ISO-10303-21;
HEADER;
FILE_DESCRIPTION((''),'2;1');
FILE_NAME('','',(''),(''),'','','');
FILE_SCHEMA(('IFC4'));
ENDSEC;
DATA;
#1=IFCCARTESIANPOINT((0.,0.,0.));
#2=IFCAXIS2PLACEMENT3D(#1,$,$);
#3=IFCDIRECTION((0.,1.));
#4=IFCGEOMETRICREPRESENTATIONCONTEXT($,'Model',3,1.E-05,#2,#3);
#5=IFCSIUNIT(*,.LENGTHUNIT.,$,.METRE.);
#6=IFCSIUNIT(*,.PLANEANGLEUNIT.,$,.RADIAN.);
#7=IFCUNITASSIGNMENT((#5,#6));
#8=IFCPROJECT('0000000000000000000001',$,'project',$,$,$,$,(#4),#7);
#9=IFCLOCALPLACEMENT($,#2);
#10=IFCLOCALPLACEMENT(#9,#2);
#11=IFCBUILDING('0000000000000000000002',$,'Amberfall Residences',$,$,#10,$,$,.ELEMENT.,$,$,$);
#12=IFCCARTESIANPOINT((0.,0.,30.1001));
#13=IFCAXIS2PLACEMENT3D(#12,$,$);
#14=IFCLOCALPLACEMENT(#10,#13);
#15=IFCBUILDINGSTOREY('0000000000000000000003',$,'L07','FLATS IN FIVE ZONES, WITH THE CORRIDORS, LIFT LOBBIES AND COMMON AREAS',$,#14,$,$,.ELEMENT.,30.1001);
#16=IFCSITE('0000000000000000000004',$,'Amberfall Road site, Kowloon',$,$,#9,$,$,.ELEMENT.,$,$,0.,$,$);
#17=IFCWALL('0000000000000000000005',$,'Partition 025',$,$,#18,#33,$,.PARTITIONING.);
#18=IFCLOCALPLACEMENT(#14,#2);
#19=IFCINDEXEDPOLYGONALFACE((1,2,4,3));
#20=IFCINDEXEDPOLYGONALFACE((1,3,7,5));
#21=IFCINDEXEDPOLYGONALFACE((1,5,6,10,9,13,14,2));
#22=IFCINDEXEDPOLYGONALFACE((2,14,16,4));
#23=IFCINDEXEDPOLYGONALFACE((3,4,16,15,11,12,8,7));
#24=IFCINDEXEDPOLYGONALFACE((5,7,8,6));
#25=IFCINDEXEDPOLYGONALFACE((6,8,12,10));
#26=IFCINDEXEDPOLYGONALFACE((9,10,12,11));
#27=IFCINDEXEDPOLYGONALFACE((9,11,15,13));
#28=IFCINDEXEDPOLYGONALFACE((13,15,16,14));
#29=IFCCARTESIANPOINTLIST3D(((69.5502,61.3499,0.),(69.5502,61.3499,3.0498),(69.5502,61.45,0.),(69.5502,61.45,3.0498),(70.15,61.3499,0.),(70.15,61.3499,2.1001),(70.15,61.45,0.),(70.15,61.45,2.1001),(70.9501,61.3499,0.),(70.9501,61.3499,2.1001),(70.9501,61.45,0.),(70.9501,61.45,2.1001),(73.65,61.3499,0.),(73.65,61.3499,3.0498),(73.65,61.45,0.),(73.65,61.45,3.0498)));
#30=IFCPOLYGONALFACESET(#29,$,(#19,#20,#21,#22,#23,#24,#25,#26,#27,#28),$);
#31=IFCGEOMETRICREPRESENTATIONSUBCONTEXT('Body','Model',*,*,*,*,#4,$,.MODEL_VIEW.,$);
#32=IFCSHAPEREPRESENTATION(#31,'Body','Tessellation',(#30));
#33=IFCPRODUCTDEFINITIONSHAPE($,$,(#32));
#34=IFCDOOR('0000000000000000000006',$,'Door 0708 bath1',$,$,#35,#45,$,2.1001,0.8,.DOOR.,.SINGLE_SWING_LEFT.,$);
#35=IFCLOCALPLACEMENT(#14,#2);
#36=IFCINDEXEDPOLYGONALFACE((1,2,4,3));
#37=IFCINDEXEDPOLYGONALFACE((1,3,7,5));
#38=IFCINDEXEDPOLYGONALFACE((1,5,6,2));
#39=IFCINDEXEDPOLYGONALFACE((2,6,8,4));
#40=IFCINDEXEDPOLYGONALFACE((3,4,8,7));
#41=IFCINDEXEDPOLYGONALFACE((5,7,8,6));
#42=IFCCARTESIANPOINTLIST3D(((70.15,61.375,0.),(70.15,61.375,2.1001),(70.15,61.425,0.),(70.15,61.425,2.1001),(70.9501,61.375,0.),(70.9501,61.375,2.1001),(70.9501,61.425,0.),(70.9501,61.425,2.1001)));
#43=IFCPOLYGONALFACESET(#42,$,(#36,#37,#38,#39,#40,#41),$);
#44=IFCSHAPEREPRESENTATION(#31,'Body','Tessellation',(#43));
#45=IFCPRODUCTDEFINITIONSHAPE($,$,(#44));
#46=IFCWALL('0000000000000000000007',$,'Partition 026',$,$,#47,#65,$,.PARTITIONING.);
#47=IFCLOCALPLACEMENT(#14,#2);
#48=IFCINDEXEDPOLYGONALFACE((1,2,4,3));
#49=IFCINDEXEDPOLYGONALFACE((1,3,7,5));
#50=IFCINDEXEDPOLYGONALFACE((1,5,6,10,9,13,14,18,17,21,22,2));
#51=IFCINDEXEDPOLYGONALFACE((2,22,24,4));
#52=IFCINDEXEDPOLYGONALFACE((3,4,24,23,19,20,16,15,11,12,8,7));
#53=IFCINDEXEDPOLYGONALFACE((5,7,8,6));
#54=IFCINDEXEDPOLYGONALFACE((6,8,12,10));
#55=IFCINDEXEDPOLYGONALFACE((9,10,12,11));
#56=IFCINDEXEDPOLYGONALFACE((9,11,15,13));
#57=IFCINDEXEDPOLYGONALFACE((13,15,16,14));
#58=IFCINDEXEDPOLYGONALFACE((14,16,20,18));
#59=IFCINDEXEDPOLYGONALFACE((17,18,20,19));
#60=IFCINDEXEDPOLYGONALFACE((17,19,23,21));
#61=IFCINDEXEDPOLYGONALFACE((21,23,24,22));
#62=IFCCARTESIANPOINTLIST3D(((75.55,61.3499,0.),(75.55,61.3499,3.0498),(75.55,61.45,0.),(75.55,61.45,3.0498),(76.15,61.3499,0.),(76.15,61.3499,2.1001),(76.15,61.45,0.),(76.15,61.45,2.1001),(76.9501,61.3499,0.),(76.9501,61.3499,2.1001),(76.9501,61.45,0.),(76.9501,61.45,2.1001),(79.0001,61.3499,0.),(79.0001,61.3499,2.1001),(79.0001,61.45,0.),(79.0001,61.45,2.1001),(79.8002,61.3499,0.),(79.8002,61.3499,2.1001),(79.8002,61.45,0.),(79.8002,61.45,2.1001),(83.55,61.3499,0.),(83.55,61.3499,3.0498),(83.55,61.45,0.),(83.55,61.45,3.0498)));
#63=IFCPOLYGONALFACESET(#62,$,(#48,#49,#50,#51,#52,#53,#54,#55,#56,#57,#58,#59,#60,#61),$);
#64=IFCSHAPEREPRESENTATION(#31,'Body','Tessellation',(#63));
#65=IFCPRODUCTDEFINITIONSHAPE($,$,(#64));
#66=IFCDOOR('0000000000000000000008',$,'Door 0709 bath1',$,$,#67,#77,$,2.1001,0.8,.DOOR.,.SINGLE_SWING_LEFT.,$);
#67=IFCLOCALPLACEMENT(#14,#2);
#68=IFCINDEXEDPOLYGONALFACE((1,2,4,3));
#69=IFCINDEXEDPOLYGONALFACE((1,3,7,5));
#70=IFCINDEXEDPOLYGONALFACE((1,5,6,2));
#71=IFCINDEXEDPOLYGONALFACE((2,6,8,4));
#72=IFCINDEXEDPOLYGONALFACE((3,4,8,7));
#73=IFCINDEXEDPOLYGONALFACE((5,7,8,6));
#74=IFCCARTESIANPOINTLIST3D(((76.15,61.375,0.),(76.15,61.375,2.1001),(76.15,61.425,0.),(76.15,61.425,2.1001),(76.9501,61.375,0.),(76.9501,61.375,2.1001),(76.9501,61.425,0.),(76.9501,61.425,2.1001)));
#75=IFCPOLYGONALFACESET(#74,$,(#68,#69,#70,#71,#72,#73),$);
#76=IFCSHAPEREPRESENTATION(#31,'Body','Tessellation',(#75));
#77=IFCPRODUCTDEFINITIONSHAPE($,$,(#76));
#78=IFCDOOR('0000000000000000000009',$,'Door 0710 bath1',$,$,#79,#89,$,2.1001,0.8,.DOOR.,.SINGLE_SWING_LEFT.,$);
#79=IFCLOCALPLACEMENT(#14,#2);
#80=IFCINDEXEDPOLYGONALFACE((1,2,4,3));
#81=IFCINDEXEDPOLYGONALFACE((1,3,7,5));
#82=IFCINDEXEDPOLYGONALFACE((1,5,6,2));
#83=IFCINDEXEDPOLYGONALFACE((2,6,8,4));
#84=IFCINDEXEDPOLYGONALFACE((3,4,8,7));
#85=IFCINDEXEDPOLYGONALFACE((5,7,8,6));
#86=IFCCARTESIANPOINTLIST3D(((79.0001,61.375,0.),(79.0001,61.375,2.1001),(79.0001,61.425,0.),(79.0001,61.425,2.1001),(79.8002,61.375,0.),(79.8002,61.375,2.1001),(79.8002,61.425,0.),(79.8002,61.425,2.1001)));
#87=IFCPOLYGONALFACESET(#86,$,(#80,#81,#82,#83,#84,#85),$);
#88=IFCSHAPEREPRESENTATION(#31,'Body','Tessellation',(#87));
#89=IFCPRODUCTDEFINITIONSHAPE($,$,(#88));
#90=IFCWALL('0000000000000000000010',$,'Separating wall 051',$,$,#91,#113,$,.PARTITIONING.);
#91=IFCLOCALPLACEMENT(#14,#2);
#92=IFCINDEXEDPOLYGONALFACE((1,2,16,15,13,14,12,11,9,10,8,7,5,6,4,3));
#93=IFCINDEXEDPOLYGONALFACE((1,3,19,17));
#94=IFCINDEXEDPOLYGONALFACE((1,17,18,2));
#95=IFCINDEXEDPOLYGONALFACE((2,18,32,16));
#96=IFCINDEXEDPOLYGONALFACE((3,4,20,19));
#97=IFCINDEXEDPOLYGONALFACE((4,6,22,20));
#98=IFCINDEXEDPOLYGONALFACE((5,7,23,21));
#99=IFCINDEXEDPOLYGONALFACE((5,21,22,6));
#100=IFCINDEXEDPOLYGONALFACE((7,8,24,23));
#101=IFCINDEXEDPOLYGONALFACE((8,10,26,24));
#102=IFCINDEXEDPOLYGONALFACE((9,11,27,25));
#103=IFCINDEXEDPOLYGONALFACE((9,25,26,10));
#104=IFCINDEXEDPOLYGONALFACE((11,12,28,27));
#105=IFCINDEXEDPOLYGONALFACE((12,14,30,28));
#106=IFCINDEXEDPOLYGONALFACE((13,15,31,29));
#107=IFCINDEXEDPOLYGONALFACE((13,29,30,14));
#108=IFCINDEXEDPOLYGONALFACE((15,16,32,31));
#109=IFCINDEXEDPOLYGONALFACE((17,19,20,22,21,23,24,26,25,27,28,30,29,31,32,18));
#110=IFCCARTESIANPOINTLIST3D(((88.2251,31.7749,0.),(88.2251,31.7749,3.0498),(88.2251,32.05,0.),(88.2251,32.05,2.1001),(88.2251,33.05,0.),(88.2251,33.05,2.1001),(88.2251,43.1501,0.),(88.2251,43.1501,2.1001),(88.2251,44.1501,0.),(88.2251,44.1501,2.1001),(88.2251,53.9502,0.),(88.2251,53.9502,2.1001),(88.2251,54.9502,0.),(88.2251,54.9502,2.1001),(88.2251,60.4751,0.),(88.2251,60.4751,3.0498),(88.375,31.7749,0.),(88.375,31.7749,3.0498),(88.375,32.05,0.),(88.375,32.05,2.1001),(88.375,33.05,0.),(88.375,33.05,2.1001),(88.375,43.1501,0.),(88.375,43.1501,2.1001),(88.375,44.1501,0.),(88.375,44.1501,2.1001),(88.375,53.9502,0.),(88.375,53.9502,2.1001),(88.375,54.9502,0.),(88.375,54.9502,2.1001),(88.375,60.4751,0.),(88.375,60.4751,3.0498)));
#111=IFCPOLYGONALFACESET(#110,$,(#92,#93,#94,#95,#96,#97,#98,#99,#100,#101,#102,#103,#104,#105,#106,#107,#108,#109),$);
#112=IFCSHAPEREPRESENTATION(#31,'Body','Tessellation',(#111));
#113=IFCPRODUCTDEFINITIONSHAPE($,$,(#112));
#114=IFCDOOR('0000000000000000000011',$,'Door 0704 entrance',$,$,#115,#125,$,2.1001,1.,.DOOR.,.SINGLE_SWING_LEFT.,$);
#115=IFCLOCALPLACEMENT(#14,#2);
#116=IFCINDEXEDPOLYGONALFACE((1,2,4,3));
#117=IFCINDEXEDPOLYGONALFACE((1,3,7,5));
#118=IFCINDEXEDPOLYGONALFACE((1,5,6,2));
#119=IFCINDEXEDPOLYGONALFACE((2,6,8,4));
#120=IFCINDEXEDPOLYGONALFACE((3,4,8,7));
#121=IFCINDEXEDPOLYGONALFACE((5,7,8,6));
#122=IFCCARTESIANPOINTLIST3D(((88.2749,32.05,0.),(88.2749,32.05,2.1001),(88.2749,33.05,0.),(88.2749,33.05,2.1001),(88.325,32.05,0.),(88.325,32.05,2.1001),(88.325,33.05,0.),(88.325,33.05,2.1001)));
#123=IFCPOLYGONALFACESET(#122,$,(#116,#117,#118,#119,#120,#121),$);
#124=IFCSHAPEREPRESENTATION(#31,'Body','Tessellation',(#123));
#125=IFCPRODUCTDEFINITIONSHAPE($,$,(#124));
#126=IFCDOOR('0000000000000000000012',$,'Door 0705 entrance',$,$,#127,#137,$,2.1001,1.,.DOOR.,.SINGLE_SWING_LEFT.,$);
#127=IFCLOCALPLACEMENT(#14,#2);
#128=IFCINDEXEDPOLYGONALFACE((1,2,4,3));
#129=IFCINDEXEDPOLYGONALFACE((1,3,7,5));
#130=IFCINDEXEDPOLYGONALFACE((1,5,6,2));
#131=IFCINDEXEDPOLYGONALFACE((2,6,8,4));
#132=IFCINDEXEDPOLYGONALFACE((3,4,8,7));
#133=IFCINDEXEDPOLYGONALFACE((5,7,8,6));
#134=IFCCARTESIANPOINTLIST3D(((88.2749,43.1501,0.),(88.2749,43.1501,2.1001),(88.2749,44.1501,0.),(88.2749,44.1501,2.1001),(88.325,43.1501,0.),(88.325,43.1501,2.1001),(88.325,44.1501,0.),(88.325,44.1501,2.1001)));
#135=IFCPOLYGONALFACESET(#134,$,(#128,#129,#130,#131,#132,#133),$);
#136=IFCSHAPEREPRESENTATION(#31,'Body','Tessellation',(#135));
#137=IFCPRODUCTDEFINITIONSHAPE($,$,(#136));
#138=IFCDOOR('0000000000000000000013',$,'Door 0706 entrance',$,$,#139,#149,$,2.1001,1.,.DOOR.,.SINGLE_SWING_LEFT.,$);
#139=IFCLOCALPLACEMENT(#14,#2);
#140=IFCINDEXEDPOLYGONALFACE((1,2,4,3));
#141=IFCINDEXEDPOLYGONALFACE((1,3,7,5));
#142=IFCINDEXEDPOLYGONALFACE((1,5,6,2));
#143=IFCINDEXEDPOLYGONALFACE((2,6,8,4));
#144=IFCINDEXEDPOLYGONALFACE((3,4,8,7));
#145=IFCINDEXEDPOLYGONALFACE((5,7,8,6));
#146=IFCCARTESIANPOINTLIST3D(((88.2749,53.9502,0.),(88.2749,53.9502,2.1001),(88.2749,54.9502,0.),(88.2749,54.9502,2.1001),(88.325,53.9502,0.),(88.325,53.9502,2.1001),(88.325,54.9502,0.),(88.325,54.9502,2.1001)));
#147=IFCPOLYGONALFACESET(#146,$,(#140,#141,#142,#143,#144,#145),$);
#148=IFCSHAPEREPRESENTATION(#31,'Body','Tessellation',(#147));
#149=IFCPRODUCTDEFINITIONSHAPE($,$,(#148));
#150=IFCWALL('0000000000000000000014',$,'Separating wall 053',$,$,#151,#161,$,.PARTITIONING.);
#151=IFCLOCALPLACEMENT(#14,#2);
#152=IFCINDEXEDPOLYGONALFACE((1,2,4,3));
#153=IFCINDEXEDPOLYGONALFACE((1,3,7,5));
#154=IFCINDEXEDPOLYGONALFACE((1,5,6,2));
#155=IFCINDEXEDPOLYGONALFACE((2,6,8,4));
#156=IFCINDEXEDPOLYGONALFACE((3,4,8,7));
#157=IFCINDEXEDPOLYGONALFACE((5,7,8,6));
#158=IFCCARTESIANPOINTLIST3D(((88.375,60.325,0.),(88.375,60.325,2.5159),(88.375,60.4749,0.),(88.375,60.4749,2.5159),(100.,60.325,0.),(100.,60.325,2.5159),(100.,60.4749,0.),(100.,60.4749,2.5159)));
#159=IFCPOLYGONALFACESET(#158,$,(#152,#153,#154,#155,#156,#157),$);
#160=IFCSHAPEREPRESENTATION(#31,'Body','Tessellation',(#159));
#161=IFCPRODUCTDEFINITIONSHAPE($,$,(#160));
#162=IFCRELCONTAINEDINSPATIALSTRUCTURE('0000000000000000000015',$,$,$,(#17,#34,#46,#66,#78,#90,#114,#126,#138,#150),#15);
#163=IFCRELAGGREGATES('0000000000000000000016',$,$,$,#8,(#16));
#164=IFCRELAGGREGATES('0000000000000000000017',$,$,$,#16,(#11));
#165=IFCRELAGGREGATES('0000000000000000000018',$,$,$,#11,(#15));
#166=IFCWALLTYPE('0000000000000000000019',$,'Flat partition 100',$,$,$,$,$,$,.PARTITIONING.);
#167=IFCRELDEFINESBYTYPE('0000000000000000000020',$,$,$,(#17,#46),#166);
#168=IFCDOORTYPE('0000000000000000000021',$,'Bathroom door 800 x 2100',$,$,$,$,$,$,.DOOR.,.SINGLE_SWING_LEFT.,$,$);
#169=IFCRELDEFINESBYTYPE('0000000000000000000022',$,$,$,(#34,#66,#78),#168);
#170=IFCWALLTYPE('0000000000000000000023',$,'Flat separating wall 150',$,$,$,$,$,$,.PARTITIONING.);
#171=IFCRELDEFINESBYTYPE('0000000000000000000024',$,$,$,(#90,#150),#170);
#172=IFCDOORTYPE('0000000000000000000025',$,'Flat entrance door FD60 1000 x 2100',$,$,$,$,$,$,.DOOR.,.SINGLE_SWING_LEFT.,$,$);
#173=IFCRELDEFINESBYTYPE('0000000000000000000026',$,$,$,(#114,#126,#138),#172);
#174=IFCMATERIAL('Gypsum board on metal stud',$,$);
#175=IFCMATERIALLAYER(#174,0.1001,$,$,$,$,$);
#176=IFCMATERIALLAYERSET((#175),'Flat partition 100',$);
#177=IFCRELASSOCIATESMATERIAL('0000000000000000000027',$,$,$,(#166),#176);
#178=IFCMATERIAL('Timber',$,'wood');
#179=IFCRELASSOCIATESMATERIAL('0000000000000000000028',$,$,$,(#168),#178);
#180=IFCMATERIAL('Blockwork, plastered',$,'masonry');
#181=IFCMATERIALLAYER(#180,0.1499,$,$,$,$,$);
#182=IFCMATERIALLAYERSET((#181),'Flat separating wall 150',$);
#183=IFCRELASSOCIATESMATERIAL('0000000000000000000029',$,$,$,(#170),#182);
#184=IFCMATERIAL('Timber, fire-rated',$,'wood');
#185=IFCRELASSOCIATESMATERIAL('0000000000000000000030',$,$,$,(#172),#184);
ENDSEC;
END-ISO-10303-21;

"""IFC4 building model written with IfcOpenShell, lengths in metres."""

from ifc_helpers import new_model, si_unit, direction, frame, frame_2d, origin, place, context, subcontext, project, spatial, rectangle, extrude, material, layer, layer_set, type_object, element, fill, save


model = new_model("IFC4")

# Units and contexts
model_context = context("Model", 3, precision=1e-05, world=origin(), true_north=direction((0.0, 1.0)))
body_context = subcontext(model_context, "Body", "Model", "MODEL_VIEW")
ifc_project = project(units=[si_unit("LENGTHUNIT", "METRE"), si_unit("PLANEANGLEUNIT", "RADIAN")], contexts=[model_context])

# Site, building, storey
site_placement = place(None, origin())
site = spatial("IfcSite", under=ifc_project, at=site_placement, Name="Amberfall Road site, Kowloon", CompositionType="ELEMENT", RefElevation=0.0)
building_placement = place(site_placement, origin())
building = spatial("IfcBuilding", under=site, at=building_placement, Name="Amberfall Residences", CompositionType="ELEMENT")
storey_placement = place(building_placement, frame((0.0, 0.0, 30.1001)))
storey = spatial("IfcBuildingStorey", under=building, at=storey_placement, Name="L07", Description="FLATS IN FIVE ZONES, WITH THE CORRIDORS, LIFT LOBBIES AND COMMON AREAS", CompositionType="ELEMENT", Elevation=30.1001)

# Wall, opening, door
ifc_material_1 = material(Name="Gypsum board on metal stud")
ifc_layer_1 = layer(ifc_material_1, 0.1001)
ifc_layer_set_1 = layer_set([ifc_layer_1], Name="Flat partition 100")
wall_type_1 = type_object("IfcWallType", Name="Flat partition 100", PredefinedType="PARTITIONING", material=ifc_layer_set_1)
wall_1_placement = place(storey_placement, frame((73.6499, 61.3999, 0.0), z_axis=(0.0, 0.0, 1.0), x_axis=(-1.0, 0.0, 0.0)))
wall_1 = element("IfcWall", 1, at=wall_1_placement, inside=storey, type_object=wall_type_1, Name="Partition 025", PredefinedType="PARTITIONING", context=body_context, shape_type="SweptSolid", body=[
    extrude(rectangle(XDim=4.0999, YDim=0.1001, at=frame_2d((2.0498, 0.0))), origin(), (0.0, 0.0, 1.0), 3.0498),
])
opening_1_placement = place(wall_1_placement, frame((2.7, 0.0, 0.0)))
opening_1 = element("IfcOpeningElement", 2, at=opening_1_placement, cuts=wall_1, PredefinedType="OPENING", context=body_context, shape_type="SweptSolid", body=[
    extrude(rectangle(XDim=0.8, YDim=2.1001, at=frame_2d((0.3999, 1.05))), frame((0.0, 0.0601, 0.0), z_axis=(0.0, -1.0, 0.0), x_axis=(1.0, 0.0, 0.0)), (0.0, 0.0, 1.0), 0.1201),
])
ifc_material_2 = material(Name="Timber", Category="wood")
door_type_1 = type_object("IfcDoorType", Name="Bathroom door 800 x 2100", OperationType="SINGLE_SWING_LEFT", PredefinedType="DOOR", material=ifc_material_2)
door_1_placement = place(opening_1_placement, origin())
door_1 = element("IfcDoor", 3, at=door_1_placement, inside=storey, type_object=door_type_1, Name="Door 0708 bath1", OperationType="SINGLE_SWING_LEFT", OverallHeight=2.1001, OverallWidth=0.8, PredefinedType="DOOR", context=body_context, shape_type="SweptSolid", body=[
    extrude(rectangle(XDim=0.8, YDim=2.1001, at=frame_2d((0.3999, 1.05))), frame((0.0, 0.0249, 0.0), z_axis=(0.0, -1.0, 0.0), x_axis=(1.0, 0.0, 0.0)), (0.0, 0.0, 1.0), 0.05),
])
fill(opening_1, door_1)

# Walls, openings, doors
wall_2_placement = place(storey_placement, frame((83.55, 61.3999, 0.0), z_axis=(0.0, 0.0, 1.0), x_axis=(-1.0, 0.0, 0.0)))
wall_2 = element("IfcWall", 4, at=wall_2_placement, inside=storey, type_object=wall_type_1, Name="Partition 026", PredefinedType="PARTITIONING", context=body_context, shape_type="SweptSolid", body=[
    extrude(rectangle(XDim=8.0, YDim=0.1001, at=frame_2d((4.0, 0.0))), origin(), (0.0, 0.0, 1.0), 3.0498),
])
opening_2_placement = place(wall_2_placement, frame((6.6001, 0.0, 0.0)))
opening_2 = element("IfcOpeningElement", 5, at=opening_2_placement, cuts=wall_2, PredefinedType="OPENING", context=body_context, shape_type="SweptSolid", body=[
    extrude(rectangle(XDim=0.8, YDim=2.1001, at=frame_2d((0.3999, 1.05))), frame((0.0, 0.0601, 0.0), z_axis=(0.0, -1.0, 0.0), x_axis=(1.0, 0.0, 0.0)), (0.0, 0.0, 1.0), 0.1201),
])
opening_3_placement = place(wall_2_placement, frame((3.75, 0.0, 0.0)))
opening_3 = element("IfcOpeningElement", 6, at=opening_3_placement, cuts=wall_2, PredefinedType="OPENING", context=body_context, shape_type="SweptSolid", body=[
    extrude(rectangle(XDim=0.8, YDim=2.1001, at=frame_2d((0.3999, 1.05))), frame((0.0, 0.0601, 0.0), z_axis=(0.0, -1.0, 0.0), x_axis=(1.0, 0.0, 0.0)), (0.0, 0.0, 1.0), 0.1201),
])
door_2_placement = place(opening_2_placement, origin())
door_2 = element("IfcDoor", 7, at=door_2_placement, inside=storey, type_object=door_type_1, Name="Door 0709 bath1", OperationType="SINGLE_SWING_LEFT", OverallHeight=2.1001, OverallWidth=0.8, PredefinedType="DOOR", context=body_context, shape_type="SweptSolid", body=[
    extrude(rectangle(XDim=0.8, YDim=2.1001, at=frame_2d((0.3999, 1.05))), frame((0.0, 0.0249, 0.0), z_axis=(0.0, -1.0, 0.0), x_axis=(1.0, 0.0, 0.0)), (0.0, 0.0, 1.0), 0.05),
])
fill(opening_2, door_2)
door_3_placement = place(opening_3_placement, origin())
door_3 = element("IfcDoor", 8, at=door_3_placement, inside=storey, type_object=door_type_1, Name="Door 0710 bath1", OperationType="SINGLE_SWING_LEFT", OverallHeight=2.1001, OverallWidth=0.8, PredefinedType="DOOR", context=body_context, shape_type="SweptSolid", body=[
    extrude(rectangle(XDim=0.8, YDim=2.1001, at=frame_2d((0.3999, 1.05))), frame((0.0, 0.0249, 0.0), z_axis=(0.0, -1.0, 0.0), x_axis=(1.0, 0.0, 0.0)), (0.0, 0.0, 1.0), 0.05),
])
fill(opening_3, door_3)
ifc_material_3 = material(Name="Blockwork, plastered", Category="masonry")
ifc_layer_2 = layer(ifc_material_3, 0.1499)
ifc_layer_set_2 = layer_set([ifc_layer_2], Name="Flat separating wall 150")
wall_type_2 = type_object("IfcWallType", Name="Flat separating wall 150", PredefinedType="PARTITIONING", material=ifc_layer_set_2)
wall_3_placement = place(storey_placement, frame((88.3, 60.4751, 0.0), z_axis=(0.0, 0.0, 1.0), x_axis=(0.0, -1.0, 0.0)))
wall_3 = element("IfcWall", 9, at=wall_3_placement, inside=storey, type_object=wall_type_2, Name="Separating wall 051", PredefinedType="PARTITIONING", context=body_context, shape_type="SweptSolid", body=[
    extrude(rectangle(XDim=28.7002, YDim=0.1499, at=frame_2d((14.3501, 0.0))), origin(), (0.0, 0.0, 1.0), 3.0498),
])
opening_4_placement = place(wall_3_placement, frame((27.425, 0.0, 0.0)))
opening_4 = element("IfcOpeningElement", 10, at=opening_4_placement, cuts=wall_3, PredefinedType="OPENING", context=body_context, shape_type="SweptSolid", body=[
    extrude(rectangle(XDim=1.0, YDim=2.1001, at=frame_2d((0.5, 1.05))), frame((0.0, 0.085, 0.0), z_axis=(0.0, -1.0, 0.0), x_axis=(1.0, 0.0, 0.0)), (0.0, 0.0, 1.0), 0.1699),
])
opening_5_placement = place(wall_3_placement, frame((16.325, 0.0, 0.0)))
opening_5 = element("IfcOpeningElement", 11, at=opening_5_placement, cuts=wall_3, PredefinedType="OPENING", context=body_context, shape_type="SweptSolid", body=[
    extrude(rectangle(XDim=1.0, YDim=2.1001, at=frame_2d((0.5, 1.05))), frame((0.0, 0.085, 0.0), z_axis=(0.0, -1.0, 0.0), x_axis=(1.0, 0.0, 0.0)), (0.0, 0.0, 1.0), 0.1699),
])
opening_6_placement = place(wall_3_placement, frame((5.5249, 0.0, 0.0)))
opening_6 = element("IfcOpeningElement", 12, at=opening_6_placement, cuts=wall_3, PredefinedType="OPENING", context=body_context, shape_type="SweptSolid", body=[
    extrude(rectangle(XDim=1.0, YDim=2.1001, at=frame_2d((0.5, 1.05))), frame((0.0, 0.085, 0.0), z_axis=(0.0, -1.0, 0.0), x_axis=(1.0, 0.0, 0.0)), (0.0, 0.0, 1.0), 0.1699),
])
ifc_material_4 = material(Name="Timber, fire-rated", Category="wood")
door_type_2 = type_object("IfcDoorType", Name="Flat entrance door FD60 1000 x 2100", OperationType="SINGLE_SWING_LEFT", PredefinedType="DOOR", material=ifc_material_4)
door_4_placement = place(opening_4_placement, origin())
door_4 = element("IfcDoor", 13, at=door_4_placement, inside=storey, type_object=door_type_2, Name="Door 0704 entrance", OperationType="SINGLE_SWING_LEFT", OverallHeight=2.1001, OverallWidth=1.0, PredefinedType="DOOR", context=body_context, shape_type="SweptSolid", body=[
    extrude(rectangle(XDim=1.0, YDim=2.1001, at=frame_2d((0.5, 1.05))), frame((0.0, 0.0249, 0.0), z_axis=(0.0, -1.0, 0.0), x_axis=(1.0, 0.0, 0.0)), (0.0, 0.0, 1.0), 0.05),
])
fill(opening_4, door_4)
door_5_placement = place(opening_5_placement, origin())
door_5 = element("IfcDoor", 14, at=door_5_placement, inside=storey, type_object=door_type_2, Name="Door 0705 entrance", OperationType="SINGLE_SWING_LEFT", OverallHeight=2.1001, OverallWidth=1.0, PredefinedType="DOOR", context=body_context, shape_type="SweptSolid", body=[
    extrude(rectangle(XDim=1.0, YDim=2.1001, at=frame_2d((0.5, 1.05))), frame((0.0, 0.0249, 0.0), z_axis=(0.0, -1.0, 0.0), x_axis=(1.0, 0.0, 0.0)), (0.0, 0.0, 1.0), 0.05),
])
fill(opening_5, door_5)
door_6_placement = place(opening_6_placement, origin())
door_6 = element("IfcDoor", 15, at=door_6_placement, inside=storey, type_object=door_type_2, Name="Door 0706 entrance", OperationType="SINGLE_SWING_LEFT", OverallHeight=2.1001, OverallWidth=1.0, PredefinedType="DOOR", context=body_context, shape_type="SweptSolid", body=[
    extrude(rectangle(XDim=1.0, YDim=2.1001, at=frame_2d((0.5, 1.05))), frame((0.0, 0.0249, 0.0), z_axis=(0.0, -1.0, 0.0), x_axis=(1.0, 0.0, 0.0)), (0.0, 0.0, 1.0), 0.05),
])
fill(opening_6, door_6)

# Wall
wall_4_placement = place(storey_placement, frame((88.375, 60.3999, 0.0), z_axis=(0.0, 0.0, 1.0), x_axis=(1.0, 0.0, 0.0)))
element("IfcWall", 16, at=wall_4_placement, inside=storey, type_object=wall_type_2, Name="Separating wall 053", PredefinedType="PARTITIONING", context=body_context, shape_type="SweptSolid", body=[
    extrude(rectangle(XDim=11.625, YDim=0.1499, at=frame_2d((5.8125, 0.0))), origin(), (0.0, 0.0, 1.0), 2.5159),
])

save(model, "model.ifc")
